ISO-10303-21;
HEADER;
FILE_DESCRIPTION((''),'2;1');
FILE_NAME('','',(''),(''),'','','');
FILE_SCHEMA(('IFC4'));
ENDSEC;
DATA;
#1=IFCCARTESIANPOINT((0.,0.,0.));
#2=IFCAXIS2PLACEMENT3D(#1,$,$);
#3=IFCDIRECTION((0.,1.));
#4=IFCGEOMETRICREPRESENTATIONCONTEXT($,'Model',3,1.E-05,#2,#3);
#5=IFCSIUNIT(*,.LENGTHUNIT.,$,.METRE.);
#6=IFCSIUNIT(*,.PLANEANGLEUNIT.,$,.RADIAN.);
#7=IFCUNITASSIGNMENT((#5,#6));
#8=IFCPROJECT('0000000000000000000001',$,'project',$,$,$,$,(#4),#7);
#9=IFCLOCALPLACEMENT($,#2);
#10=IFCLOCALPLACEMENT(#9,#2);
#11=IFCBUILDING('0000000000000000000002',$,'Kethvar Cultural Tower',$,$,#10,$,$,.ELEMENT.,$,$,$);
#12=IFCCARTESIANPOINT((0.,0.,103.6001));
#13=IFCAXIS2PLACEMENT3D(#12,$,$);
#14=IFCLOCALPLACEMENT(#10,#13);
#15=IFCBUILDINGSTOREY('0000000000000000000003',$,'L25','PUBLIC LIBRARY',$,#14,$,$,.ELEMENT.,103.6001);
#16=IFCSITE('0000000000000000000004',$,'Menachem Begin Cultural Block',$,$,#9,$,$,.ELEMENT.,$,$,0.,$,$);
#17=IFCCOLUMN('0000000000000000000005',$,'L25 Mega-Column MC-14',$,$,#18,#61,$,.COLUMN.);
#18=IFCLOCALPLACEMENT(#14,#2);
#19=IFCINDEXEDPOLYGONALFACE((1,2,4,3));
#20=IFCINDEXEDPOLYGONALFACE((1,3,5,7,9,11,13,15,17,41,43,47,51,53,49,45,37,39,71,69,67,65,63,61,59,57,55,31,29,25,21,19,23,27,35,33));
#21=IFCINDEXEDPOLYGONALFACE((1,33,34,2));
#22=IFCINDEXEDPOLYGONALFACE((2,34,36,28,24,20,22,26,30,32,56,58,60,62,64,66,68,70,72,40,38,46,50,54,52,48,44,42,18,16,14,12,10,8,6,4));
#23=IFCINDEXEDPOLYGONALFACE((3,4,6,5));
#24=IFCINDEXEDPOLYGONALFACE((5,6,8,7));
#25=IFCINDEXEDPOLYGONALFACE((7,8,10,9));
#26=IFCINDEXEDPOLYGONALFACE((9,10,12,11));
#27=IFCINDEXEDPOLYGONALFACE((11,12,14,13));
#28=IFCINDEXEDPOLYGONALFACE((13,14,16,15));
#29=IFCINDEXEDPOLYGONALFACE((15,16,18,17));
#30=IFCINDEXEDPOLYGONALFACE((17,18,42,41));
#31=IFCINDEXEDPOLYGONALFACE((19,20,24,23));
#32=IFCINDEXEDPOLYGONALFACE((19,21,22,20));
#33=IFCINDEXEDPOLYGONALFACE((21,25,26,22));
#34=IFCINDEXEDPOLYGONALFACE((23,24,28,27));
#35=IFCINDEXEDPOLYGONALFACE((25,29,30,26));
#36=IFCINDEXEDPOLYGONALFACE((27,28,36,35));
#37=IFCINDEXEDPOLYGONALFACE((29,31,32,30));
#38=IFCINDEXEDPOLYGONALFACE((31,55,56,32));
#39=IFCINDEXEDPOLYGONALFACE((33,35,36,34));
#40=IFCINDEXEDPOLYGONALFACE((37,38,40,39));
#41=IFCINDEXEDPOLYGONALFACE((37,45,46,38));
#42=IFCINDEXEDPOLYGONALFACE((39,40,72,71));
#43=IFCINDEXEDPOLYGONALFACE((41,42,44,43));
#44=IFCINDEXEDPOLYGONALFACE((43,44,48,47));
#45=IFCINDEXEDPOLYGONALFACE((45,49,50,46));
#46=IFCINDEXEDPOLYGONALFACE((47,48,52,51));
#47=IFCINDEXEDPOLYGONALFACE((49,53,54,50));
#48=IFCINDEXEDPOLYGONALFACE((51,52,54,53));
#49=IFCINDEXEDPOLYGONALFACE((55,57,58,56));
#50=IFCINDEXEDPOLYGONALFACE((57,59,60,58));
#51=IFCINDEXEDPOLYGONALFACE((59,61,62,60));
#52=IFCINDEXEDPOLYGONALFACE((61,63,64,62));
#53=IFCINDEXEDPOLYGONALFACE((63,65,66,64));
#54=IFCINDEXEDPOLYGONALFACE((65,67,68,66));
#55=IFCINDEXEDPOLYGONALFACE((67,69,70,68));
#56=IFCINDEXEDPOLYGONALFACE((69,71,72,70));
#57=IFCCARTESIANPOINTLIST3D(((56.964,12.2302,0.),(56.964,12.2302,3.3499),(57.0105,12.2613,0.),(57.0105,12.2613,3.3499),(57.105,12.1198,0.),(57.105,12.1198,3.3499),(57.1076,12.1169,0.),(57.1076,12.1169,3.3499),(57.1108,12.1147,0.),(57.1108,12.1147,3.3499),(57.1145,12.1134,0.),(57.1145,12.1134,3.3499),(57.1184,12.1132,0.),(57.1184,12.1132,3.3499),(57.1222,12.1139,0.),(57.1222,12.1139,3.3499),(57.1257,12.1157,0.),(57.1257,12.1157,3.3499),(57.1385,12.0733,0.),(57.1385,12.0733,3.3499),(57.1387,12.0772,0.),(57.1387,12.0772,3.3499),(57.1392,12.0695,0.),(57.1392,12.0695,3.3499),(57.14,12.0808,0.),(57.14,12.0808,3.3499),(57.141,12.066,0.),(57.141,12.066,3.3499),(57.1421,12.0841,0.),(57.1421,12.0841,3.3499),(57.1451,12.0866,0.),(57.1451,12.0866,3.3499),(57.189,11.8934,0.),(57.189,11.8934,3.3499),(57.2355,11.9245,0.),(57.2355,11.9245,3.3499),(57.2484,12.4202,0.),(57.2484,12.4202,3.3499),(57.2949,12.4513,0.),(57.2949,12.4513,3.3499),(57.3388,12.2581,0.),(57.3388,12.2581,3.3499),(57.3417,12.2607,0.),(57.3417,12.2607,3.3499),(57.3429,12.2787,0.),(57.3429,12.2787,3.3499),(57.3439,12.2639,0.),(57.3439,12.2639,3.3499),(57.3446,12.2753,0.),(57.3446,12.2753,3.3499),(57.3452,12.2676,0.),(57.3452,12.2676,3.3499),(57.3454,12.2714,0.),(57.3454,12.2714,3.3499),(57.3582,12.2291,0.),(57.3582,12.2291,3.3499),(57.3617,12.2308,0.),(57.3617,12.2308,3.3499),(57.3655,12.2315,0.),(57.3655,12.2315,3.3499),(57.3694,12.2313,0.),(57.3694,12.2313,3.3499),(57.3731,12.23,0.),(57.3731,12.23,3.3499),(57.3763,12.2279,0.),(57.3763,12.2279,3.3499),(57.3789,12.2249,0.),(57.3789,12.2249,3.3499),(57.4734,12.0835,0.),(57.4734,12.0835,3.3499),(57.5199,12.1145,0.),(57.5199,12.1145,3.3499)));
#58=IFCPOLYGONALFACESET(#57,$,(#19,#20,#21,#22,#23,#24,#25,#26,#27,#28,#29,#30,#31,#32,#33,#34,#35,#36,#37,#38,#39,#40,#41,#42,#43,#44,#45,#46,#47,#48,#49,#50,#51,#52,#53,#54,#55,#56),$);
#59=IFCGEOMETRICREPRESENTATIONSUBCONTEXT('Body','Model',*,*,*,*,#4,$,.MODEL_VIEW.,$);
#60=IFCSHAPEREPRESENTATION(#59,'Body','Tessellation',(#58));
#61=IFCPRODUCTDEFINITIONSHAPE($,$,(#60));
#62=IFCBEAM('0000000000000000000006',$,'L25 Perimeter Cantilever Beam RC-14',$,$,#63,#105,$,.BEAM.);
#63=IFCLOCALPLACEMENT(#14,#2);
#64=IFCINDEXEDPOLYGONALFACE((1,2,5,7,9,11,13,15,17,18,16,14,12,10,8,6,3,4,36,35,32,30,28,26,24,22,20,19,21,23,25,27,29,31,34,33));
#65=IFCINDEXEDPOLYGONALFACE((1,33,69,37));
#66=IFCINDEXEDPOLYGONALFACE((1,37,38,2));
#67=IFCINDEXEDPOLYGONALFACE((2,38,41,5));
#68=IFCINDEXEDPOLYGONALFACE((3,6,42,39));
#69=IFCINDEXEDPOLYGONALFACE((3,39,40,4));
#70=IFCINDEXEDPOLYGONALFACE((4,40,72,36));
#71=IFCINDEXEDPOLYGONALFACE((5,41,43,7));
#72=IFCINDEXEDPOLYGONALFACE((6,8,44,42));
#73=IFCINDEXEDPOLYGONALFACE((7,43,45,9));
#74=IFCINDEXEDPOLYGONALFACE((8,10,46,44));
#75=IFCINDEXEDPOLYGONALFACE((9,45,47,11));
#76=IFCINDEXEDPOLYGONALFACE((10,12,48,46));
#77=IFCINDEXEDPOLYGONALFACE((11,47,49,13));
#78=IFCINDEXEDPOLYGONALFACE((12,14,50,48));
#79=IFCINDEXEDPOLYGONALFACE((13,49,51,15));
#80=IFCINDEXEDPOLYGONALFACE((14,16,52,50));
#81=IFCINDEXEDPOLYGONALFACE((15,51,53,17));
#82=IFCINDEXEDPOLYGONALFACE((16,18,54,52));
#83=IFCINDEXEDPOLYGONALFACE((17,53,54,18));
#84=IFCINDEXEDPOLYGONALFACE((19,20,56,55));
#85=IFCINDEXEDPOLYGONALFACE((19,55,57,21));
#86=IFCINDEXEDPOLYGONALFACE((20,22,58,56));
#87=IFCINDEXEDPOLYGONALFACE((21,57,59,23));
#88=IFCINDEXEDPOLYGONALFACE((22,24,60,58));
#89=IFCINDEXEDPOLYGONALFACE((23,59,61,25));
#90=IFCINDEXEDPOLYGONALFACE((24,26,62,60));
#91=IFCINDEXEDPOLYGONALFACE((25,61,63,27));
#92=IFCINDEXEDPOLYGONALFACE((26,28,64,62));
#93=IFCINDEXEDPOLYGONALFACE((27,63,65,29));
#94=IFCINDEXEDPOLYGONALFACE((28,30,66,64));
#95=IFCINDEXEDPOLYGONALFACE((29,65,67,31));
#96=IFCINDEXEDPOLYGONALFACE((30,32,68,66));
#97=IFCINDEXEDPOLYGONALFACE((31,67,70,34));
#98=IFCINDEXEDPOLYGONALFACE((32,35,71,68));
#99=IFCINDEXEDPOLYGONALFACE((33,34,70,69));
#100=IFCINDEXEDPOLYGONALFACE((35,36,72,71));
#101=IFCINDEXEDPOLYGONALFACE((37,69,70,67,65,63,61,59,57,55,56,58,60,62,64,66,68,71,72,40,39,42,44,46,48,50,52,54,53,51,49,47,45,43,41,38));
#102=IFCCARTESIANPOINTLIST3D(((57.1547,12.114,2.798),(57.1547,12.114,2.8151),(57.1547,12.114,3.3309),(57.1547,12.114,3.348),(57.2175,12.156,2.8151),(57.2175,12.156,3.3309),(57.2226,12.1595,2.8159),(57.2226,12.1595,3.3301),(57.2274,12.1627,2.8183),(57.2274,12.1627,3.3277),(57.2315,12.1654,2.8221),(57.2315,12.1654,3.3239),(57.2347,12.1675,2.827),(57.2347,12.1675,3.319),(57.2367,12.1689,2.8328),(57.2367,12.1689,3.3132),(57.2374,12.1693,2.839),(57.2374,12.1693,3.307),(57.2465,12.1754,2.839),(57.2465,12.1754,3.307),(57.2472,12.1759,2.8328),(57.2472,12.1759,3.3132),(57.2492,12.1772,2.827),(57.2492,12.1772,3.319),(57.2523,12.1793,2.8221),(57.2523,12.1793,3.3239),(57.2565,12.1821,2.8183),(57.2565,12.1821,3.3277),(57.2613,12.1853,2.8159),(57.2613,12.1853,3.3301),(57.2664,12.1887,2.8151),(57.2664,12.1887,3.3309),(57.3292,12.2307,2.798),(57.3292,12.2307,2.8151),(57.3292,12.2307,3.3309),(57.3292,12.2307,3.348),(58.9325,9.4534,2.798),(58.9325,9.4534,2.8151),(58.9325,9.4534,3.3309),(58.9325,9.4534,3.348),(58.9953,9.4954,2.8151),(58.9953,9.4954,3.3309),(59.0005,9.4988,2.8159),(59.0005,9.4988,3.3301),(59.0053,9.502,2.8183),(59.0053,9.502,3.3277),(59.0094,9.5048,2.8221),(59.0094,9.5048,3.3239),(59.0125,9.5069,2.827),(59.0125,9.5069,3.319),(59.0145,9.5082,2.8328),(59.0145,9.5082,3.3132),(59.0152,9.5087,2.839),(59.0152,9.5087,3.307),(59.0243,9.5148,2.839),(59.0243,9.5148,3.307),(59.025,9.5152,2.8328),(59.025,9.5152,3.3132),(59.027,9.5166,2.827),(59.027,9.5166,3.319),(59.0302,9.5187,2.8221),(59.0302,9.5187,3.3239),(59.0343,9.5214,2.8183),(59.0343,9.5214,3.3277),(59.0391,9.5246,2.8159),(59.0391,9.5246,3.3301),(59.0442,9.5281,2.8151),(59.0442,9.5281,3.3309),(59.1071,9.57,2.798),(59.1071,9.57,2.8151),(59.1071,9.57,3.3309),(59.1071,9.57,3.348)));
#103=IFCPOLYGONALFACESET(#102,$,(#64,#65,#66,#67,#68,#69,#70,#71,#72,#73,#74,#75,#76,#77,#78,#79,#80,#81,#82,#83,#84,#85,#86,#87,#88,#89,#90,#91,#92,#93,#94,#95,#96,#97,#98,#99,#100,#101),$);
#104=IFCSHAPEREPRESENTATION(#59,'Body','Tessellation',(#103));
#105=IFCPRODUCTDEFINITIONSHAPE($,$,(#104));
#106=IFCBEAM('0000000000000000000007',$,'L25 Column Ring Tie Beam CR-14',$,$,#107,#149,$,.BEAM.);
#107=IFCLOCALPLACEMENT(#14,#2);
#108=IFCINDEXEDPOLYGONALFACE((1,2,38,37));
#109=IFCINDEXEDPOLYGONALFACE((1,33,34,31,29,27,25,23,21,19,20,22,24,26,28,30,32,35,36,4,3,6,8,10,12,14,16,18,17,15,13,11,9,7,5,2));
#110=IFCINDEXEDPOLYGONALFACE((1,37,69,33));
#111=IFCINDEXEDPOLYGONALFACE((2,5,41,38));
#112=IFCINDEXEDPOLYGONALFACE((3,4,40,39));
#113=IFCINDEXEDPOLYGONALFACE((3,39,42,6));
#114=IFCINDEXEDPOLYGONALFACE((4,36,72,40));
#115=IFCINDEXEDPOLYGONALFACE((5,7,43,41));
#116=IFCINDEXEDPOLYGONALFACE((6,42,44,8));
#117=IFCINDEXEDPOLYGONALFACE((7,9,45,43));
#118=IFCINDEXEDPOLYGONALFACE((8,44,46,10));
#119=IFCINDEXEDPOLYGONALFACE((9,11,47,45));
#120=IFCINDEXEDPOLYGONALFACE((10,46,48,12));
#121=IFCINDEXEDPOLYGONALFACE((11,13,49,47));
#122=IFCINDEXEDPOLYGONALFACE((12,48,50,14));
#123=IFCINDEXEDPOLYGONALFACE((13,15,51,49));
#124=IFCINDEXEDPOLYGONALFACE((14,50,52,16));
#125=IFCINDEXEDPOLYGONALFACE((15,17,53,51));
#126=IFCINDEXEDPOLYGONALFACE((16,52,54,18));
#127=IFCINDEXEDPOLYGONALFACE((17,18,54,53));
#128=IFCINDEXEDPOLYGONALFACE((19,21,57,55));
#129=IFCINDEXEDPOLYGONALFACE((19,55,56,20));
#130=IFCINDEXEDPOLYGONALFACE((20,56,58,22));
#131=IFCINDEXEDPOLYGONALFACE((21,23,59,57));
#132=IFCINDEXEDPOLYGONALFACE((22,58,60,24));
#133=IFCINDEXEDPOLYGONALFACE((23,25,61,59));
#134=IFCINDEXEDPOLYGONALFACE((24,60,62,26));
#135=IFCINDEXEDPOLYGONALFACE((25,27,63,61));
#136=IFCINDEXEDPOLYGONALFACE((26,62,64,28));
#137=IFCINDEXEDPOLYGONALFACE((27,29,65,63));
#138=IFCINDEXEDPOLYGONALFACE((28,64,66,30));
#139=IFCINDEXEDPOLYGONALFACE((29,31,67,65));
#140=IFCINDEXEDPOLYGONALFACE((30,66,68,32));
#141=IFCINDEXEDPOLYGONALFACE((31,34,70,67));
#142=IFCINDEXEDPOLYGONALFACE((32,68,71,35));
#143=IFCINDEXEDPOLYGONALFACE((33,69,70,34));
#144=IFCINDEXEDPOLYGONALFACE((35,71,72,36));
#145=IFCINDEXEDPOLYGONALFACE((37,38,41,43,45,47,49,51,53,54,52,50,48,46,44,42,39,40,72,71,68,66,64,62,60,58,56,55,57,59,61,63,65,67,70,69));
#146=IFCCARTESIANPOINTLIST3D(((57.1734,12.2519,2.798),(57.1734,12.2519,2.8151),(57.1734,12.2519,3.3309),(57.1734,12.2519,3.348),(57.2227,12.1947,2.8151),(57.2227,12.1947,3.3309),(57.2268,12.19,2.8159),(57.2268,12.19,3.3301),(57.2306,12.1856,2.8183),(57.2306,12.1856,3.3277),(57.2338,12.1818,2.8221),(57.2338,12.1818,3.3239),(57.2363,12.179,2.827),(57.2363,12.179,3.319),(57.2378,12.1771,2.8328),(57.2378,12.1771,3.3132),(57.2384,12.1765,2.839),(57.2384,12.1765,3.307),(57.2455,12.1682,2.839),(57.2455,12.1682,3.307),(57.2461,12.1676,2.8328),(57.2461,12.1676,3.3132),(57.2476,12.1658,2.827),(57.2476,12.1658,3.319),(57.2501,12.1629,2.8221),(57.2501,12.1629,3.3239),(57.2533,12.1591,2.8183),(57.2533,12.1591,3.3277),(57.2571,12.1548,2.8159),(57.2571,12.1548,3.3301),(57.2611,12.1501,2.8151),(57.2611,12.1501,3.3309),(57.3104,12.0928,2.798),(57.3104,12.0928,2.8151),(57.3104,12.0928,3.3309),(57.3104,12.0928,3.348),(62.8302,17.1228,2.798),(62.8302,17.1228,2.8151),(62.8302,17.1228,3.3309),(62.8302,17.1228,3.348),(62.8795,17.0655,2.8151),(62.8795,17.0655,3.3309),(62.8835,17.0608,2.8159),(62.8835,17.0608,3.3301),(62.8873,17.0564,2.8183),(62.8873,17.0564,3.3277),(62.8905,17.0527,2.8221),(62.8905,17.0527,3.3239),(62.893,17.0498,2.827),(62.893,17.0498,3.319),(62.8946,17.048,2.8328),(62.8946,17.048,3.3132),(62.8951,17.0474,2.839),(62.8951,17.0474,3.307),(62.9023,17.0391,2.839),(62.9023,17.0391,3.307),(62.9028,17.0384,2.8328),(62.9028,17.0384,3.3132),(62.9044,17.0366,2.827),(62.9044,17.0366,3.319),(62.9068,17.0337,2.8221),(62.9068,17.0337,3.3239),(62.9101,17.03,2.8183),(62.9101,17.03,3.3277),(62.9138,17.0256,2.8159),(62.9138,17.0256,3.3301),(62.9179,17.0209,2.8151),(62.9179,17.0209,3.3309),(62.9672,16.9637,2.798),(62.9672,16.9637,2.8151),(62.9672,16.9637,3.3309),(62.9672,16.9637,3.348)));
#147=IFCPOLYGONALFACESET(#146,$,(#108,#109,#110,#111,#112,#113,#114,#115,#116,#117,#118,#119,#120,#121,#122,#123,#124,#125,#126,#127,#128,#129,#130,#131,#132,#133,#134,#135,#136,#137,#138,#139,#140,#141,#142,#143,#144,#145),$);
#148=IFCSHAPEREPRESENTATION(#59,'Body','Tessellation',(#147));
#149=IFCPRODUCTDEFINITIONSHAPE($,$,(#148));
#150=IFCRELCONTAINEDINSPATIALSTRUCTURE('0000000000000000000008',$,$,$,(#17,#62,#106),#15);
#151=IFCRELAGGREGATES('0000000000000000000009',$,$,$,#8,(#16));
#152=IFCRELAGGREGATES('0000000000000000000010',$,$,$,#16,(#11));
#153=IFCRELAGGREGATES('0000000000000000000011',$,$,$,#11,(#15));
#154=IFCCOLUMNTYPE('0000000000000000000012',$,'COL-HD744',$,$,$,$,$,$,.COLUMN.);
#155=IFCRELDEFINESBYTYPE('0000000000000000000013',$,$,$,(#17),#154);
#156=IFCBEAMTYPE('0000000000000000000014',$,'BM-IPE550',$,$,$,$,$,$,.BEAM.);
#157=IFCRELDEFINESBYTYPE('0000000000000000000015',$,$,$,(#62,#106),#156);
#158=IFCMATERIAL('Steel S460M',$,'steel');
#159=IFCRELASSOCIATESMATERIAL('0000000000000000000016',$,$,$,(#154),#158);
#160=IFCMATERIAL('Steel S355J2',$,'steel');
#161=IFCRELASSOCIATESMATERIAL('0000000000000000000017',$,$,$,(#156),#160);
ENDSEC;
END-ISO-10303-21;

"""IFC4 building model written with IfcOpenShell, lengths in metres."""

from ifc_helpers import new_model, si_unit, direction, frame, origin, origin_2d, place, context, subcontext, project, spatial, i_section, extrude, source, transform, mapped, material, material_profile, profile_set, type_object, element, save


model = new_model("IFC4")

# Units and contexts
model_context = context("Model", 3, precision=1e-05, world=origin(), true_north=direction((0.0, 1.0)))
body_context = subcontext(model_context, "Body", "Model", "MODEL_VIEW")
ifc_project = project(units=[si_unit("LENGTHUNIT", "METRE"), si_unit("PLANEANGLEUNIT", "RADIAN")], contexts=[model_context])

# Site, building, storey
site_placement = place(None, origin())
site = spatial("IfcSite", under=ifc_project, at=site_placement, Name="Menachem Begin Cultural Block", CompositionType="ELEMENT", RefElevation=0.0)
building_placement = place(site_placement, origin())
building = spatial("IfcBuilding", under=site, at=building_placement, Name="Kethvar Cultural Tower", CompositionType="ELEMENT")
storey_placement = place(building_placement, frame((0.0, 0.0, 103.6001)))
storey = spatial("IfcBuildingStorey", under=building, at=storey_placement, Name="L25", Description="PUBLIC LIBRARY", CompositionType="ELEMENT", Elevation=103.6001)

# Column
ifc_material_1 = material(Name="Steel S460M", Category="steel")
ifc_material_profile_1 = material_profile(ifc_material_1, i_section(OverallWidth=0.405, OverallDepth=0.3979, WebThickness=0.0349, FlangeThickness=0.0559, FilletRadius=0.0149, at=origin_2d()), Name="Steel S460M — HD400x744")
ifc_profile_set_1 = profile_set([ifc_material_profile_1], Name="Steel S460M — HD400x744")
column_type = type_object("IfcColumnType", Name="COL-HD744", PredefinedType="COLUMN", material=ifc_profile_set_1)
shared_shape_1 = source(origin(), body_context, "Body", "SweptSolid", [
    extrude(i_section(OverallWidth=0.405, OverallDepth=0.3979, WebThickness=0.0349, FlangeThickness=0.0559, FilletRadius=0.0149, at=origin_2d()), origin(), (0.0, 0.0, 1.0), 3.3499),
])
column_placement = place(storey_placement, frame((57.2419, 12.1724, 0.0), z_axis=(0.0, 0.0, 1.0), x_axis=(0.55557, -0.83147, 0.0)))
element("IfcColumn", 1, at=column_placement, inside=storey, type_object=column_type, Name="L25 Mega-Column MC-14", PredefinedType="COLUMN", context=body_context, shape_type="MappedRepresentation", body=[
    mapped(shared_shape_1, transform((0.0, 0.0, 0.0), scale=1.0)),
])

# Beams
ifc_material_2 = material(Name="Steel S355J2", Category="steel")
ifc_material_profile_2 = material_profile(ifc_material_2, i_section(OverallWidth=0.21, OverallDepth=0.55, WebThickness=0.011, FlangeThickness=0.0171, FilletRadius=0.0239, at=origin_2d()), Name="Steel S355J2 — IPE550")
ifc_profile_set_2 = profile_set([ifc_material_profile_2], Name="Steel S355J2 — IPE550")
beam_type_1 = type_object("IfcBeamType", Name="BM-IPE550", PredefinedType="BEAM", material=ifc_profile_set_2)
shared_shape_2 = source(origin(), body_context, "Body", "SweptSolid", [
    extrude(i_section(OverallWidth=0.21, OverallDepth=0.55, WebThickness=0.011, FlangeThickness=0.0171, FilletRadius=0.0239, at=origin_2d()), origin(), (0.0, 0.0, 1.0), 3.2),
])
beam_1_placement = place(storey_placement, frame((57.2419, 12.1724, 3.073), z_axis=(0.55558, -0.831463, 0.0), x_axis=(0.831463, 0.55558, 0.0)))
element("IfcBeam", 2, at=beam_1_placement, inside=storey, type_object=beam_type_1, Name="L25 Perimeter Cantilever Beam RC-14", PredefinedType="BEAM", context=body_context, shape_type="MappedRepresentation", body=[
    mapped(shared_shape_2, transform((0.0, 0.0, 0.0), scale=1.0)),
])
shared_shape_3 = source(origin(), body_context, "Body", "SweptSolid", [
    extrude(i_section(OverallWidth=0.21, OverallDepth=0.55, WebThickness=0.011, FlangeThickness=0.0171, FilletRadius=0.0239, at=origin_2d()), origin(), (0.0, 0.0, 1.0), 7.4648),
])
beam_2_placement = place(storey_placement, frame((57.2419, 12.1724, 3.073), z_axis=(0.757784, 0.652505, 0.0), x_axis=(-0.652505, 0.757784, 0.0)))
element("IfcBeam", 3, at=beam_2_placement, inside=storey, type_object=beam_type_1, Name="L25 Column Ring Tie Beam CR-14", PredefinedType="BEAM", context=body_context, shape_type="MappedRepresentation", body=[
    mapped(shared_shape_3, transform((0.0, 0.0, 0.0), scale=1.0)),
])

save(model, "model.ifc")
